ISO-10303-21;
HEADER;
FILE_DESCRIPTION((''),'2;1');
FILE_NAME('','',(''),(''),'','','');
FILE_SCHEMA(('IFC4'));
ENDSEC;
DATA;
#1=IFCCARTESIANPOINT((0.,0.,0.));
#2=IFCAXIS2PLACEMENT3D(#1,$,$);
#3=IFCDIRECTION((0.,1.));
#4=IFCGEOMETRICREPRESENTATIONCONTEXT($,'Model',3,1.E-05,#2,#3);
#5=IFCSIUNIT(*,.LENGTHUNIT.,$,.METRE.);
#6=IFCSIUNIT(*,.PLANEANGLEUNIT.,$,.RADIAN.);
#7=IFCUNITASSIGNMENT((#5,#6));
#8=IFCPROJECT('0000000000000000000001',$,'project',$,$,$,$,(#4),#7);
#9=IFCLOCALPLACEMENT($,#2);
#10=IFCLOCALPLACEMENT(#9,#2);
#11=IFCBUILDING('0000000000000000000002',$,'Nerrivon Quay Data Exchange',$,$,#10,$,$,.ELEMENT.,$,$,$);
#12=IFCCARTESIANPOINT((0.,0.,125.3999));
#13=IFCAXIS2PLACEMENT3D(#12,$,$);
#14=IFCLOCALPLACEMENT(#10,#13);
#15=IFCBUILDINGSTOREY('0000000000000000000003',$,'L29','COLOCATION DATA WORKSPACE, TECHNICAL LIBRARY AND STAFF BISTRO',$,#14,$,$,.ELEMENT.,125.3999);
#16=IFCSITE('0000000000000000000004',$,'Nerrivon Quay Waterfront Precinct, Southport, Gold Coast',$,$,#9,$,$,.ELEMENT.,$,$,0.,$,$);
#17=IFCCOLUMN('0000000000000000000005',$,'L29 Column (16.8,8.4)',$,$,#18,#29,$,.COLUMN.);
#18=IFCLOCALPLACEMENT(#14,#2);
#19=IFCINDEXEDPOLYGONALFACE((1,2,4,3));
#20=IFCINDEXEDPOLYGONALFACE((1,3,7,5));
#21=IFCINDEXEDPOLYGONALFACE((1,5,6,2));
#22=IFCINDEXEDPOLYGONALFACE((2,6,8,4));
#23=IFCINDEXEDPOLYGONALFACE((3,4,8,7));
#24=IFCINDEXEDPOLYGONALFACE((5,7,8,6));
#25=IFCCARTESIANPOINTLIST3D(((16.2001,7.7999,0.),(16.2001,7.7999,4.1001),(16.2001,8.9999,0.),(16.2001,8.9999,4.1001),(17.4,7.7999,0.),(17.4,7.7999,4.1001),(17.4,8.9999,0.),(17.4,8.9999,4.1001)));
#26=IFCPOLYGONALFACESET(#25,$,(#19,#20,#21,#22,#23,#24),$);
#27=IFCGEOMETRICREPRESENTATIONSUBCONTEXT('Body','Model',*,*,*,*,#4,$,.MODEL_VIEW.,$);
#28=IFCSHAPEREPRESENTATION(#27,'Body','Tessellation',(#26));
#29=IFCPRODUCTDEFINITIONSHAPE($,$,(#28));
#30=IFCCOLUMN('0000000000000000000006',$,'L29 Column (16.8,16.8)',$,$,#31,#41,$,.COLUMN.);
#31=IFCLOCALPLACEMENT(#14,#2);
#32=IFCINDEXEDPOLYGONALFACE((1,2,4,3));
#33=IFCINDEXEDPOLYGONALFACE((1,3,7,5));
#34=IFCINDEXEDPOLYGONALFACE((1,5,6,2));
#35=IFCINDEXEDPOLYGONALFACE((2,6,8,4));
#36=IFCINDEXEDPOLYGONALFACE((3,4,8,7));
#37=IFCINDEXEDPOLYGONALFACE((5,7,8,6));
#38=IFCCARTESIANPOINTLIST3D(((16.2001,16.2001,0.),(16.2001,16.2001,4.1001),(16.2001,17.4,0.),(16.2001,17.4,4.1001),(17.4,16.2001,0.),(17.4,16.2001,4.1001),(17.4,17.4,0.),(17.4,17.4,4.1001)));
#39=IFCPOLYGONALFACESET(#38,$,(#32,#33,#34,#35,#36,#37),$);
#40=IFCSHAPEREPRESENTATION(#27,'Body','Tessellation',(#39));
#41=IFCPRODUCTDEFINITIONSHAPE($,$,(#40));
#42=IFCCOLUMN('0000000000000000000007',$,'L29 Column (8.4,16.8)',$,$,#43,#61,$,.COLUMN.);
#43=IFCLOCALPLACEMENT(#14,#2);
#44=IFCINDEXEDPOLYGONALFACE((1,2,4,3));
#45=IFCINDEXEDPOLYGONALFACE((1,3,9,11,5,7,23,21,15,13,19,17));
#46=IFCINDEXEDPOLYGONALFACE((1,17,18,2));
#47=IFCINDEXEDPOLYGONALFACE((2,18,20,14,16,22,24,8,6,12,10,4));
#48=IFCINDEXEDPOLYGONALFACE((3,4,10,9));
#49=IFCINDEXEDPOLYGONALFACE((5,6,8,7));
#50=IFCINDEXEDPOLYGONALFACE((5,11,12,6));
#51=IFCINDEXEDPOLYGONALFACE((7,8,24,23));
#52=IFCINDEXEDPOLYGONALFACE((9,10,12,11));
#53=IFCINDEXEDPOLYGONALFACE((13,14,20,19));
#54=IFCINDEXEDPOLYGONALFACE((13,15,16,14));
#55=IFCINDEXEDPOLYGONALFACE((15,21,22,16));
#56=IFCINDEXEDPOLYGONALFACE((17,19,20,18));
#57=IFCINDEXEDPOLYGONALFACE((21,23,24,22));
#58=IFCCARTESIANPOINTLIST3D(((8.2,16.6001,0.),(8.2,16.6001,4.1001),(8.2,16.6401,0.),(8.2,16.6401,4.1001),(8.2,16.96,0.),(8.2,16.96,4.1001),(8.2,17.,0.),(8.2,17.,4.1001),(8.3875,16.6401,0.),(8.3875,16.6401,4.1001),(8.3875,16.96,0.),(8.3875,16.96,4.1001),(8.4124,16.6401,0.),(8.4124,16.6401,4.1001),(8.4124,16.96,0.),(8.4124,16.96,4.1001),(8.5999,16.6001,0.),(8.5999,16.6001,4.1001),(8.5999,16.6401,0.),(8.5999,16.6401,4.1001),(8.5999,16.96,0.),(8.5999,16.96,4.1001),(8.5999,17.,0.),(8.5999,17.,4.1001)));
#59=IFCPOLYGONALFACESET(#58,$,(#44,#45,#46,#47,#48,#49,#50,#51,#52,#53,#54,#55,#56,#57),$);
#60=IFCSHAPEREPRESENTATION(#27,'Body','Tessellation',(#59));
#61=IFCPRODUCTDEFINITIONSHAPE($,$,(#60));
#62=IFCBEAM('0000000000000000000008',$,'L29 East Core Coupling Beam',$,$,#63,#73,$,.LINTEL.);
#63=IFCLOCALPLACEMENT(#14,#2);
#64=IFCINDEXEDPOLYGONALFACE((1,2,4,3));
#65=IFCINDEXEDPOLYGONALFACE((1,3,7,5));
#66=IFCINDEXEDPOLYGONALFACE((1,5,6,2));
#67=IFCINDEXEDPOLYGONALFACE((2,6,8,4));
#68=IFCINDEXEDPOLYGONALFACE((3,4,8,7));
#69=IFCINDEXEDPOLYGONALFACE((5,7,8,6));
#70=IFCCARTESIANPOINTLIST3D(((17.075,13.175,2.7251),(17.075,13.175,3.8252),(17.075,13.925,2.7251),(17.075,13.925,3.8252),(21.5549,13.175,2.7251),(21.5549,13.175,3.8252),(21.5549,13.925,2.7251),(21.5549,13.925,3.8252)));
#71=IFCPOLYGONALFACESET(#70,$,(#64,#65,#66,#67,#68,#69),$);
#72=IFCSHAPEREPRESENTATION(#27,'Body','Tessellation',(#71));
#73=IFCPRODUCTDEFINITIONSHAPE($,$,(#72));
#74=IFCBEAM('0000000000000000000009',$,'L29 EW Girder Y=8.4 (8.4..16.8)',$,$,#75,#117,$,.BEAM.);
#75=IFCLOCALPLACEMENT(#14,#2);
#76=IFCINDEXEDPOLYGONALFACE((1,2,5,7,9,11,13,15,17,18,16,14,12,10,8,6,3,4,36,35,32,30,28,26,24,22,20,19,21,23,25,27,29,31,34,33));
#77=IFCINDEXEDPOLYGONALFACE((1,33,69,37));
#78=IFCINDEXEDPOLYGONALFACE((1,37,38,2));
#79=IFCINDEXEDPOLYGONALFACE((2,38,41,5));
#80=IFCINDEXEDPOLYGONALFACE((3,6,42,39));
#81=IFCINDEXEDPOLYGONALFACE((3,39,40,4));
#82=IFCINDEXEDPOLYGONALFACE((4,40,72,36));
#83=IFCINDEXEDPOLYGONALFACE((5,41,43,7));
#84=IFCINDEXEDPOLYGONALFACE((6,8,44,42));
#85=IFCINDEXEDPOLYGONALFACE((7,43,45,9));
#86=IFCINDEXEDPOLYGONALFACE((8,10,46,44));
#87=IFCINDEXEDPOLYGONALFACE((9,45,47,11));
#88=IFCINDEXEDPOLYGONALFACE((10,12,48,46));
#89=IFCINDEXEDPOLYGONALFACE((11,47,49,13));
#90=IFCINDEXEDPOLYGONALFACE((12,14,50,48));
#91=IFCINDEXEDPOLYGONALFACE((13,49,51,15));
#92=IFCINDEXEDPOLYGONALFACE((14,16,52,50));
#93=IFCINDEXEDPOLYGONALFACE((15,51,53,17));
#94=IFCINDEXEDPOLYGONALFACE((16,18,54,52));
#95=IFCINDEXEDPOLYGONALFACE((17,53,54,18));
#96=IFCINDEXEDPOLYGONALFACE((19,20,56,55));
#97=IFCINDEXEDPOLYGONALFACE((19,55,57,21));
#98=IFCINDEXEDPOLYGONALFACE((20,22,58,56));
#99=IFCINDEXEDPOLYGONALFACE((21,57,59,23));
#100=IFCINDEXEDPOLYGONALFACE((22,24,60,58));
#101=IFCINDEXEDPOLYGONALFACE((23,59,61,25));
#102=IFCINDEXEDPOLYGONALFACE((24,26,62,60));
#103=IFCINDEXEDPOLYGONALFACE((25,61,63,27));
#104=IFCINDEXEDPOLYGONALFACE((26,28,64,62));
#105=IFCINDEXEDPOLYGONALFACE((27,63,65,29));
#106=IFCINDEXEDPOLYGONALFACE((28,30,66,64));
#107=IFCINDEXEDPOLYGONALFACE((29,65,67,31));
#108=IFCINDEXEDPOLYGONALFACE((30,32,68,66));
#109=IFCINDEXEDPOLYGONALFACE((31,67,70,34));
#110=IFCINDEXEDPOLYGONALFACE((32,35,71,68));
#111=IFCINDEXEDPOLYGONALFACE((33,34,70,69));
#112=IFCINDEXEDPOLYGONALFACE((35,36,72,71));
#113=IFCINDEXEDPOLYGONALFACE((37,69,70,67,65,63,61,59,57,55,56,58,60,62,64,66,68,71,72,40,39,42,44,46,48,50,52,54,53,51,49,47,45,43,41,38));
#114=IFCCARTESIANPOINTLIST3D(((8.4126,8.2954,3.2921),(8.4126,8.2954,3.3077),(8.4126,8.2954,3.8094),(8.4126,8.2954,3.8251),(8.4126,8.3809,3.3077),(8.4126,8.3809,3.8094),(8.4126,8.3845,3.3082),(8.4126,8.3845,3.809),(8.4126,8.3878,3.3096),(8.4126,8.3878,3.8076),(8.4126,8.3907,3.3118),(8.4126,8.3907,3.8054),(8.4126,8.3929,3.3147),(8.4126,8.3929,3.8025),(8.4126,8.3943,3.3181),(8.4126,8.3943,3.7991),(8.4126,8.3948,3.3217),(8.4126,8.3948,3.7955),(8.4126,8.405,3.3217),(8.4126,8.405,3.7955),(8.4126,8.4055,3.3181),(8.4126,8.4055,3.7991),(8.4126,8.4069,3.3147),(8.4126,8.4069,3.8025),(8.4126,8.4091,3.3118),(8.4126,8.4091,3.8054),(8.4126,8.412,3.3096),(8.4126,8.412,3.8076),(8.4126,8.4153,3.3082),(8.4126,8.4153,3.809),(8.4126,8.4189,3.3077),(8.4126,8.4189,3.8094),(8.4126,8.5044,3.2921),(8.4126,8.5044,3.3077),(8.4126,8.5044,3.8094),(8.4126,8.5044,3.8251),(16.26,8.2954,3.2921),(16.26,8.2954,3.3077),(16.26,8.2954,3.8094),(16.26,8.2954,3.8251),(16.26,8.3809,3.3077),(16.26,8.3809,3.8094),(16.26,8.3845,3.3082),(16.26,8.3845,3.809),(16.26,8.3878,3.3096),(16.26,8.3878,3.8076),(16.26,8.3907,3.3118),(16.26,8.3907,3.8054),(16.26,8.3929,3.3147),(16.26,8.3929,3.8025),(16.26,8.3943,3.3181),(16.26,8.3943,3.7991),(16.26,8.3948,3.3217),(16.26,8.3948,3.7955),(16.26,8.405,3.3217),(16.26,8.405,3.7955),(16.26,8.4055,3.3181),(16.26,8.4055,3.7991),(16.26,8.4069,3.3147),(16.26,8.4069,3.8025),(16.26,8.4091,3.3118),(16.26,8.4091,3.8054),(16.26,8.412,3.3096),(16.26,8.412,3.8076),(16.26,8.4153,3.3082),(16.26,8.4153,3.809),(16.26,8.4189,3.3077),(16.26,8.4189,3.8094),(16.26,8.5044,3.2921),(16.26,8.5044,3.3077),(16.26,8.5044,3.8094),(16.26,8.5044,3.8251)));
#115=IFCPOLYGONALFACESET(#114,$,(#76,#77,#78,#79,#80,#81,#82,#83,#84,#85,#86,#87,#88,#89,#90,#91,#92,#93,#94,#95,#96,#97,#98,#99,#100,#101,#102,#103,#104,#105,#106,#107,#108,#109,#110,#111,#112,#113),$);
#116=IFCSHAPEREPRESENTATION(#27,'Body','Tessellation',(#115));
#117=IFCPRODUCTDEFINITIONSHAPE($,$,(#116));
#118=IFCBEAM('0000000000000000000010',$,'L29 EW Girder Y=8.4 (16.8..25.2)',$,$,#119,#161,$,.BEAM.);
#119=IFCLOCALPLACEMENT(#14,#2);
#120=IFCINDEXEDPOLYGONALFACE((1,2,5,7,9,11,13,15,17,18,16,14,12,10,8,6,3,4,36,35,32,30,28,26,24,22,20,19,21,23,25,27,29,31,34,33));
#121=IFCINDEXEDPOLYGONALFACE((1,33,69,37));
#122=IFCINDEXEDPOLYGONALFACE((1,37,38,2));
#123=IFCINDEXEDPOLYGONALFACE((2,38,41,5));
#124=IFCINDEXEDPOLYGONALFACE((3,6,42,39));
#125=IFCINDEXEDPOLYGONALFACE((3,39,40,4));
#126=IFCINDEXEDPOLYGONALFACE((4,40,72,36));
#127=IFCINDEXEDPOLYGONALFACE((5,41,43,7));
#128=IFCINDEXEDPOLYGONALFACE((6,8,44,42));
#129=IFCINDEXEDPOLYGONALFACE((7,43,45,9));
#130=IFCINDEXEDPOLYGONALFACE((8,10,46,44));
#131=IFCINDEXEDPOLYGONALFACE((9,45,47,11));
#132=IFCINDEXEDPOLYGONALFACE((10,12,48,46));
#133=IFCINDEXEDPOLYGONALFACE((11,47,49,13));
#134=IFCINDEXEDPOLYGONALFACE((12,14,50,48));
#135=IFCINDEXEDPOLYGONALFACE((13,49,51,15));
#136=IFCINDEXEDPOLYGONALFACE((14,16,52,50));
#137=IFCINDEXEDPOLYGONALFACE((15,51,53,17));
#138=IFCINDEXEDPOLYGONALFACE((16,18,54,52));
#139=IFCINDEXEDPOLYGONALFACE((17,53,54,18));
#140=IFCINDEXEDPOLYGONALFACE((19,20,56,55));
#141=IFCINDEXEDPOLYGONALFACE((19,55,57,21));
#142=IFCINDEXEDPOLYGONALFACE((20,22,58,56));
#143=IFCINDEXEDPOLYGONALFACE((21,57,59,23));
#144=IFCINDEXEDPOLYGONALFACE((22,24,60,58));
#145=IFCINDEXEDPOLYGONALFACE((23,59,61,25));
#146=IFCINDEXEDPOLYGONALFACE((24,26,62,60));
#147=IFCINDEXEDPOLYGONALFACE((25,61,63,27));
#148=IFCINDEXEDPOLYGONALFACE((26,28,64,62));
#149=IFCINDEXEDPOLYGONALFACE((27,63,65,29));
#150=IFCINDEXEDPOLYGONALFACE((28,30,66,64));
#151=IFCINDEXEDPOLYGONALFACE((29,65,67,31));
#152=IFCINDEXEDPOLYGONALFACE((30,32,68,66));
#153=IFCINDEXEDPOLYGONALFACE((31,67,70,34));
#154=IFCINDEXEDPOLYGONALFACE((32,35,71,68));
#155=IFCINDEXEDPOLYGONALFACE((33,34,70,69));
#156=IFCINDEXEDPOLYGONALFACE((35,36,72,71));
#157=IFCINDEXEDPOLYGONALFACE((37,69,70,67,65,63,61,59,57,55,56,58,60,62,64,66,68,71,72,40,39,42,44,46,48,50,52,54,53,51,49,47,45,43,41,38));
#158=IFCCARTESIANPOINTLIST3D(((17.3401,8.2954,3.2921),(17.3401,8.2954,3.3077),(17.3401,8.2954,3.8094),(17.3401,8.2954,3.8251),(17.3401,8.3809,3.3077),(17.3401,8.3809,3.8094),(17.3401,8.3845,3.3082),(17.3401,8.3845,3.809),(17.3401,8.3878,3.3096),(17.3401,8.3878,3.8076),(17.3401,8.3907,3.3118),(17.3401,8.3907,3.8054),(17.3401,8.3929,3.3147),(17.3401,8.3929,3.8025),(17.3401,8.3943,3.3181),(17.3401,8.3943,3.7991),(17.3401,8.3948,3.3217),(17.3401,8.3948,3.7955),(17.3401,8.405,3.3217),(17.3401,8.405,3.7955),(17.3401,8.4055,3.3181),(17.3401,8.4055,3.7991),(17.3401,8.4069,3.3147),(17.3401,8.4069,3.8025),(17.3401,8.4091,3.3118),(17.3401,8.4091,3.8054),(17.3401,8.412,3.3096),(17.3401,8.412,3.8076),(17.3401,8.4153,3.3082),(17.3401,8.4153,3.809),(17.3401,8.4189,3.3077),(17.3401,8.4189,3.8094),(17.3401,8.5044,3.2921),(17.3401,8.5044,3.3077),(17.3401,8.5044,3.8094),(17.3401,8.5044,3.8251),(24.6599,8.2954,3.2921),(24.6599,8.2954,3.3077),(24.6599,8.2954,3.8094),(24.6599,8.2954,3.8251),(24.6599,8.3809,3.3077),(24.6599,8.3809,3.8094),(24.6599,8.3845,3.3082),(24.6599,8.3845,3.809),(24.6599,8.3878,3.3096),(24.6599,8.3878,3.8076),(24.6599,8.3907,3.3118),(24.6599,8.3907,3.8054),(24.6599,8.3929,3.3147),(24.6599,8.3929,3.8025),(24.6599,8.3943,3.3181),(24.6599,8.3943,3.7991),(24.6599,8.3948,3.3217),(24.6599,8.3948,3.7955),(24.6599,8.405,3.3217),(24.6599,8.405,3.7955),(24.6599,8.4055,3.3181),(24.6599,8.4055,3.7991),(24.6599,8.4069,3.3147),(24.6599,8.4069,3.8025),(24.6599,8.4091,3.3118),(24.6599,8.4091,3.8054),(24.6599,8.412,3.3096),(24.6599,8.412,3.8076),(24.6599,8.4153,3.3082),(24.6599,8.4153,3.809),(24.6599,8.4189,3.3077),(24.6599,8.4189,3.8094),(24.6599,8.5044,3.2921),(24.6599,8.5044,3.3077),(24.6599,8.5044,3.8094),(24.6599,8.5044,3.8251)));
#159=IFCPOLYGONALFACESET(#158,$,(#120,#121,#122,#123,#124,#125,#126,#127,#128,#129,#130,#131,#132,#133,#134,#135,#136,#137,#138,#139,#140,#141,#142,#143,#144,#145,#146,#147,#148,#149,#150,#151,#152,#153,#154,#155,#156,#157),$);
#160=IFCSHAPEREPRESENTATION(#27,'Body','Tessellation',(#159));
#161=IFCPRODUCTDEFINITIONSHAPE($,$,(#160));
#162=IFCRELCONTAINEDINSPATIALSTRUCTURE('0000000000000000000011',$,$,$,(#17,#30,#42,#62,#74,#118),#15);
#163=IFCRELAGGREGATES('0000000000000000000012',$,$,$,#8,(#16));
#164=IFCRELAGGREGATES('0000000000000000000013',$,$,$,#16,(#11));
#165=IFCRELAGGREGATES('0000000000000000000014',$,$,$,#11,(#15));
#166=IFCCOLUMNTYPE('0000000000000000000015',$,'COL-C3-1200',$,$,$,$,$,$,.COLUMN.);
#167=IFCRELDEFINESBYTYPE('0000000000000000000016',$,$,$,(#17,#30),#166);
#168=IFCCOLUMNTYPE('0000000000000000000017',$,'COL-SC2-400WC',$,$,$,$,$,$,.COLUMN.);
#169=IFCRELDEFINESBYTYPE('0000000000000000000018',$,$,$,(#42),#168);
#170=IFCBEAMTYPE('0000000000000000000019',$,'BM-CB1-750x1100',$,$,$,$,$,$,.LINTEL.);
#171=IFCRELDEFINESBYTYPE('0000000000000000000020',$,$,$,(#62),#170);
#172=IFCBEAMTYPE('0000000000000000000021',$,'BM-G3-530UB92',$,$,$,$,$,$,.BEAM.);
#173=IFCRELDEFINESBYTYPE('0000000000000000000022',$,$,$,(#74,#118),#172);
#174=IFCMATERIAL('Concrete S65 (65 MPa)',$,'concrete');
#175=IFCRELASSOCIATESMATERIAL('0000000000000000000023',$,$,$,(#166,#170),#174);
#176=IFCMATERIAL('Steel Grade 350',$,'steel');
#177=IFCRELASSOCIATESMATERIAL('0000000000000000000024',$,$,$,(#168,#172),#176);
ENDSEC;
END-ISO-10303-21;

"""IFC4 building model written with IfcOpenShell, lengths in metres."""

from ifc_helpers import new_model, si_unit, direction, frame, origin, origin_2d, place, context, subcontext, project, spatial, rectangle, i_section, extrude, material, material_profile, profile_set, type_object, element, save


model = new_model("IFC4")

# Units and contexts
model_context = context("Model", 3, precision=1e-05, world=origin(), true_north=direction((0.0, 1.0)))
body_context = subcontext(model_context, "Body", "Model", "MODEL_VIEW")
ifc_project = project(units=[si_unit("LENGTHUNIT", "METRE"), si_unit("PLANEANGLEUNIT", "RADIAN")], contexts=[model_context])

# Site, building, storey
site_placement = place(None, origin())
site = spatial("IfcSite", under=ifc_project, at=site_placement, Name="Nerrivon Quay Waterfront Precinct, Southport, Gold Coast", CompositionType="ELEMENT", RefElevation=0.0)
building_placement = place(site_placement, origin())
building = spatial("IfcBuilding", under=site, at=building_placement, Name="Nerrivon Quay Data Exchange", CompositionType="ELEMENT")
storey_placement = place(building_placement, frame((0.0, 0.0, 125.3999)))
storey = spatial("IfcBuildingStorey", under=building, at=storey_placement, Name="L29", Description="COLOCATION DATA WORKSPACE, TECHNICAL LIBRARY AND STAFF BISTRO", CompositionType="ELEMENT", Elevation=125.3999)

# Columns
ifc_material_1 = material(Name="Concrete S65 (65 MPa)", Category="concrete")
ifc_material_profile_1 = material_profile(ifc_material_1, rectangle(XDim=1.2, YDim=1.2, at=origin_2d()), Name="RC-COL-1200x1200")
ifc_profile_set_1 = profile_set([ifc_material_profile_1], Name="Concrete S65 (65 MPa)")
column_type_1 = type_object("IfcColumnType", Name="COL-C3-1200", PredefinedType="COLUMN", material=ifc_profile_set_1)
for number, where, z_axis, x_axis, name in (
    (1, (16.8, 8.3999, 0.0), (0.0, 0.0, 1.0), (1.0, 0.0, 0.0), "L29 Column (16.8,8.4)"),
    (2, (16.8, 16.8, 0.0), (0.0, 0.0, 1.0), (1.0, 0.0, 0.0), "L29 Column (16.8,16.8)"),
):
    element("IfcColumn", number, at=place(storey_placement, frame(where, z_axis=z_axis, x_axis=x_axis)), inside=storey, type_object=column_type_1, Name=name, PredefinedType="COLUMN", context=body_context, shape_type="SweptSolid", body=[
        extrude(rectangle(XDim=1.2, YDim=1.2, at=origin_2d()), origin(), (0.0, 0.0, 1.0), 4.1001),
    ])
ifc_material_2 = material(Name="Steel Grade 350", Category="steel")
ifc_material_profile_2 = material_profile(ifc_material_2, i_section(OverallWidth=0.3999, OverallDepth=0.3999, WebThickness=0.0249, FlangeThickness=0.04, at=origin_2d()), Name="400WC328")
ifc_profile_set_2 = profile_set([ifc_material_profile_2], Name="Steel Grade 350")
column_type_2 = type_object("IfcColumnType", Name="COL-SC2-400WC", PredefinedType="COLUMN", material=ifc_profile_set_2)
column_placement = place(storey_placement, frame((8.3999, 16.8, 0.0), z_axis=(0.0, 0.0, 1.0), x_axis=(1.0, 0.0, 0.0)))
element("IfcColumn", 3, at=column_placement, inside=storey, type_object=column_type_2, Name="L29 Column (8.4,16.8)", PredefinedType="COLUMN", context=body_context, shape_type="SweptSolid", body=[
    extrude(i_section(OverallWidth=0.3999, OverallDepth=0.3999, WebThickness=0.0249, FlangeThickness=0.04, at=origin_2d()), origin(), (0.0, 0.0, 1.0), 4.1001),
])

# Beams
ifc_material_profile_3 = material_profile(ifc_material_1, rectangle(XDim=0.75, YDim=1.1001, at=origin_2d()), Name="RC-CB-750x1100")
ifc_profile_set_3 = profile_set([ifc_material_profile_3], Name="Concrete S65 (65 MPa)")
beam_type_1 = type_object("IfcBeamType", Name="BM-CB1-750x1100", PredefinedType="LINTEL", material=ifc_profile_set_3)
beam_1_placement = place(storey_placement, frame((17.075, 13.55, 3.2751), z_axis=(1.0, 0.0, 0.0), x_axis=(0.0, 1.0, 0.0)))
element("IfcBeam", 4, at=beam_1_placement, inside=storey, type_object=beam_type_1, Name="L29 East Core Coupling Beam", PredefinedType="LINTEL", context=body_context, shape_type="SweptSolid", body=[
    extrude(rectangle(XDim=0.75, YDim=1.1001, at=origin_2d()), origin(), (0.0, 0.0, 1.0), 4.48),
])
ifc_material_profile_4 = material_profile(ifc_material_2, i_section(OverallWidth=0.209, OverallDepth=0.533, WebThickness=0.0103, FlangeThickness=0.0156, FilletRadius=0.0139, at=origin_2d()), Name="530UB92.4")
ifc_profile_set_4 = profile_set([ifc_material_profile_4], Name="Steel Grade 350")
beam_type_2 = type_object("IfcBeamType", Name="BM-G3-530UB92", PredefinedType="BEAM", material=ifc_profile_set_4)
beam_2_placement = place(storey_placement, frame((8.4126, 8.3999, 3.5586), z_axis=(1.0, 0.0, 0.0), x_axis=(0.0, 1.0, 0.0)))
element("IfcBeam", 5, at=beam_2_placement, inside=storey, type_object=beam_type_2, Name="L29 EW Girder Y=8.4 (8.4..16.8)", PredefinedType="BEAM", context=body_context, shape_type="SweptSolid", body=[
    extrude(i_section(OverallWidth=0.209, OverallDepth=0.533, WebThickness=0.0103, FlangeThickness=0.0156, FilletRadius=0.0139, at=origin_2d()), origin(), (0.0, 0.0, 1.0), 7.8474),
])
beam_3_placement = place(storey_placement, frame((17.3401, 8.3999, 3.5586), z_axis=(1.0, 0.0, 0.0), x_axis=(0.0, 1.0, 0.0)))
element("IfcBeam", 6, at=beam_3_placement, inside=storey, type_object=beam_type_2, Name="L29 EW Girder Y=8.4 (16.8..25.2)", PredefinedType="BEAM", context=body_context, shape_type="SweptSolid", body=[
    extrude(i_section(OverallWidth=0.209, OverallDepth=0.533, WebThickness=0.0103, FlangeThickness=0.0156, FilletRadius=0.0139, at=origin_2d()), origin(), (0.0, 0.0, 1.0), 7.3198),
])

save(model, "model.ifc")
